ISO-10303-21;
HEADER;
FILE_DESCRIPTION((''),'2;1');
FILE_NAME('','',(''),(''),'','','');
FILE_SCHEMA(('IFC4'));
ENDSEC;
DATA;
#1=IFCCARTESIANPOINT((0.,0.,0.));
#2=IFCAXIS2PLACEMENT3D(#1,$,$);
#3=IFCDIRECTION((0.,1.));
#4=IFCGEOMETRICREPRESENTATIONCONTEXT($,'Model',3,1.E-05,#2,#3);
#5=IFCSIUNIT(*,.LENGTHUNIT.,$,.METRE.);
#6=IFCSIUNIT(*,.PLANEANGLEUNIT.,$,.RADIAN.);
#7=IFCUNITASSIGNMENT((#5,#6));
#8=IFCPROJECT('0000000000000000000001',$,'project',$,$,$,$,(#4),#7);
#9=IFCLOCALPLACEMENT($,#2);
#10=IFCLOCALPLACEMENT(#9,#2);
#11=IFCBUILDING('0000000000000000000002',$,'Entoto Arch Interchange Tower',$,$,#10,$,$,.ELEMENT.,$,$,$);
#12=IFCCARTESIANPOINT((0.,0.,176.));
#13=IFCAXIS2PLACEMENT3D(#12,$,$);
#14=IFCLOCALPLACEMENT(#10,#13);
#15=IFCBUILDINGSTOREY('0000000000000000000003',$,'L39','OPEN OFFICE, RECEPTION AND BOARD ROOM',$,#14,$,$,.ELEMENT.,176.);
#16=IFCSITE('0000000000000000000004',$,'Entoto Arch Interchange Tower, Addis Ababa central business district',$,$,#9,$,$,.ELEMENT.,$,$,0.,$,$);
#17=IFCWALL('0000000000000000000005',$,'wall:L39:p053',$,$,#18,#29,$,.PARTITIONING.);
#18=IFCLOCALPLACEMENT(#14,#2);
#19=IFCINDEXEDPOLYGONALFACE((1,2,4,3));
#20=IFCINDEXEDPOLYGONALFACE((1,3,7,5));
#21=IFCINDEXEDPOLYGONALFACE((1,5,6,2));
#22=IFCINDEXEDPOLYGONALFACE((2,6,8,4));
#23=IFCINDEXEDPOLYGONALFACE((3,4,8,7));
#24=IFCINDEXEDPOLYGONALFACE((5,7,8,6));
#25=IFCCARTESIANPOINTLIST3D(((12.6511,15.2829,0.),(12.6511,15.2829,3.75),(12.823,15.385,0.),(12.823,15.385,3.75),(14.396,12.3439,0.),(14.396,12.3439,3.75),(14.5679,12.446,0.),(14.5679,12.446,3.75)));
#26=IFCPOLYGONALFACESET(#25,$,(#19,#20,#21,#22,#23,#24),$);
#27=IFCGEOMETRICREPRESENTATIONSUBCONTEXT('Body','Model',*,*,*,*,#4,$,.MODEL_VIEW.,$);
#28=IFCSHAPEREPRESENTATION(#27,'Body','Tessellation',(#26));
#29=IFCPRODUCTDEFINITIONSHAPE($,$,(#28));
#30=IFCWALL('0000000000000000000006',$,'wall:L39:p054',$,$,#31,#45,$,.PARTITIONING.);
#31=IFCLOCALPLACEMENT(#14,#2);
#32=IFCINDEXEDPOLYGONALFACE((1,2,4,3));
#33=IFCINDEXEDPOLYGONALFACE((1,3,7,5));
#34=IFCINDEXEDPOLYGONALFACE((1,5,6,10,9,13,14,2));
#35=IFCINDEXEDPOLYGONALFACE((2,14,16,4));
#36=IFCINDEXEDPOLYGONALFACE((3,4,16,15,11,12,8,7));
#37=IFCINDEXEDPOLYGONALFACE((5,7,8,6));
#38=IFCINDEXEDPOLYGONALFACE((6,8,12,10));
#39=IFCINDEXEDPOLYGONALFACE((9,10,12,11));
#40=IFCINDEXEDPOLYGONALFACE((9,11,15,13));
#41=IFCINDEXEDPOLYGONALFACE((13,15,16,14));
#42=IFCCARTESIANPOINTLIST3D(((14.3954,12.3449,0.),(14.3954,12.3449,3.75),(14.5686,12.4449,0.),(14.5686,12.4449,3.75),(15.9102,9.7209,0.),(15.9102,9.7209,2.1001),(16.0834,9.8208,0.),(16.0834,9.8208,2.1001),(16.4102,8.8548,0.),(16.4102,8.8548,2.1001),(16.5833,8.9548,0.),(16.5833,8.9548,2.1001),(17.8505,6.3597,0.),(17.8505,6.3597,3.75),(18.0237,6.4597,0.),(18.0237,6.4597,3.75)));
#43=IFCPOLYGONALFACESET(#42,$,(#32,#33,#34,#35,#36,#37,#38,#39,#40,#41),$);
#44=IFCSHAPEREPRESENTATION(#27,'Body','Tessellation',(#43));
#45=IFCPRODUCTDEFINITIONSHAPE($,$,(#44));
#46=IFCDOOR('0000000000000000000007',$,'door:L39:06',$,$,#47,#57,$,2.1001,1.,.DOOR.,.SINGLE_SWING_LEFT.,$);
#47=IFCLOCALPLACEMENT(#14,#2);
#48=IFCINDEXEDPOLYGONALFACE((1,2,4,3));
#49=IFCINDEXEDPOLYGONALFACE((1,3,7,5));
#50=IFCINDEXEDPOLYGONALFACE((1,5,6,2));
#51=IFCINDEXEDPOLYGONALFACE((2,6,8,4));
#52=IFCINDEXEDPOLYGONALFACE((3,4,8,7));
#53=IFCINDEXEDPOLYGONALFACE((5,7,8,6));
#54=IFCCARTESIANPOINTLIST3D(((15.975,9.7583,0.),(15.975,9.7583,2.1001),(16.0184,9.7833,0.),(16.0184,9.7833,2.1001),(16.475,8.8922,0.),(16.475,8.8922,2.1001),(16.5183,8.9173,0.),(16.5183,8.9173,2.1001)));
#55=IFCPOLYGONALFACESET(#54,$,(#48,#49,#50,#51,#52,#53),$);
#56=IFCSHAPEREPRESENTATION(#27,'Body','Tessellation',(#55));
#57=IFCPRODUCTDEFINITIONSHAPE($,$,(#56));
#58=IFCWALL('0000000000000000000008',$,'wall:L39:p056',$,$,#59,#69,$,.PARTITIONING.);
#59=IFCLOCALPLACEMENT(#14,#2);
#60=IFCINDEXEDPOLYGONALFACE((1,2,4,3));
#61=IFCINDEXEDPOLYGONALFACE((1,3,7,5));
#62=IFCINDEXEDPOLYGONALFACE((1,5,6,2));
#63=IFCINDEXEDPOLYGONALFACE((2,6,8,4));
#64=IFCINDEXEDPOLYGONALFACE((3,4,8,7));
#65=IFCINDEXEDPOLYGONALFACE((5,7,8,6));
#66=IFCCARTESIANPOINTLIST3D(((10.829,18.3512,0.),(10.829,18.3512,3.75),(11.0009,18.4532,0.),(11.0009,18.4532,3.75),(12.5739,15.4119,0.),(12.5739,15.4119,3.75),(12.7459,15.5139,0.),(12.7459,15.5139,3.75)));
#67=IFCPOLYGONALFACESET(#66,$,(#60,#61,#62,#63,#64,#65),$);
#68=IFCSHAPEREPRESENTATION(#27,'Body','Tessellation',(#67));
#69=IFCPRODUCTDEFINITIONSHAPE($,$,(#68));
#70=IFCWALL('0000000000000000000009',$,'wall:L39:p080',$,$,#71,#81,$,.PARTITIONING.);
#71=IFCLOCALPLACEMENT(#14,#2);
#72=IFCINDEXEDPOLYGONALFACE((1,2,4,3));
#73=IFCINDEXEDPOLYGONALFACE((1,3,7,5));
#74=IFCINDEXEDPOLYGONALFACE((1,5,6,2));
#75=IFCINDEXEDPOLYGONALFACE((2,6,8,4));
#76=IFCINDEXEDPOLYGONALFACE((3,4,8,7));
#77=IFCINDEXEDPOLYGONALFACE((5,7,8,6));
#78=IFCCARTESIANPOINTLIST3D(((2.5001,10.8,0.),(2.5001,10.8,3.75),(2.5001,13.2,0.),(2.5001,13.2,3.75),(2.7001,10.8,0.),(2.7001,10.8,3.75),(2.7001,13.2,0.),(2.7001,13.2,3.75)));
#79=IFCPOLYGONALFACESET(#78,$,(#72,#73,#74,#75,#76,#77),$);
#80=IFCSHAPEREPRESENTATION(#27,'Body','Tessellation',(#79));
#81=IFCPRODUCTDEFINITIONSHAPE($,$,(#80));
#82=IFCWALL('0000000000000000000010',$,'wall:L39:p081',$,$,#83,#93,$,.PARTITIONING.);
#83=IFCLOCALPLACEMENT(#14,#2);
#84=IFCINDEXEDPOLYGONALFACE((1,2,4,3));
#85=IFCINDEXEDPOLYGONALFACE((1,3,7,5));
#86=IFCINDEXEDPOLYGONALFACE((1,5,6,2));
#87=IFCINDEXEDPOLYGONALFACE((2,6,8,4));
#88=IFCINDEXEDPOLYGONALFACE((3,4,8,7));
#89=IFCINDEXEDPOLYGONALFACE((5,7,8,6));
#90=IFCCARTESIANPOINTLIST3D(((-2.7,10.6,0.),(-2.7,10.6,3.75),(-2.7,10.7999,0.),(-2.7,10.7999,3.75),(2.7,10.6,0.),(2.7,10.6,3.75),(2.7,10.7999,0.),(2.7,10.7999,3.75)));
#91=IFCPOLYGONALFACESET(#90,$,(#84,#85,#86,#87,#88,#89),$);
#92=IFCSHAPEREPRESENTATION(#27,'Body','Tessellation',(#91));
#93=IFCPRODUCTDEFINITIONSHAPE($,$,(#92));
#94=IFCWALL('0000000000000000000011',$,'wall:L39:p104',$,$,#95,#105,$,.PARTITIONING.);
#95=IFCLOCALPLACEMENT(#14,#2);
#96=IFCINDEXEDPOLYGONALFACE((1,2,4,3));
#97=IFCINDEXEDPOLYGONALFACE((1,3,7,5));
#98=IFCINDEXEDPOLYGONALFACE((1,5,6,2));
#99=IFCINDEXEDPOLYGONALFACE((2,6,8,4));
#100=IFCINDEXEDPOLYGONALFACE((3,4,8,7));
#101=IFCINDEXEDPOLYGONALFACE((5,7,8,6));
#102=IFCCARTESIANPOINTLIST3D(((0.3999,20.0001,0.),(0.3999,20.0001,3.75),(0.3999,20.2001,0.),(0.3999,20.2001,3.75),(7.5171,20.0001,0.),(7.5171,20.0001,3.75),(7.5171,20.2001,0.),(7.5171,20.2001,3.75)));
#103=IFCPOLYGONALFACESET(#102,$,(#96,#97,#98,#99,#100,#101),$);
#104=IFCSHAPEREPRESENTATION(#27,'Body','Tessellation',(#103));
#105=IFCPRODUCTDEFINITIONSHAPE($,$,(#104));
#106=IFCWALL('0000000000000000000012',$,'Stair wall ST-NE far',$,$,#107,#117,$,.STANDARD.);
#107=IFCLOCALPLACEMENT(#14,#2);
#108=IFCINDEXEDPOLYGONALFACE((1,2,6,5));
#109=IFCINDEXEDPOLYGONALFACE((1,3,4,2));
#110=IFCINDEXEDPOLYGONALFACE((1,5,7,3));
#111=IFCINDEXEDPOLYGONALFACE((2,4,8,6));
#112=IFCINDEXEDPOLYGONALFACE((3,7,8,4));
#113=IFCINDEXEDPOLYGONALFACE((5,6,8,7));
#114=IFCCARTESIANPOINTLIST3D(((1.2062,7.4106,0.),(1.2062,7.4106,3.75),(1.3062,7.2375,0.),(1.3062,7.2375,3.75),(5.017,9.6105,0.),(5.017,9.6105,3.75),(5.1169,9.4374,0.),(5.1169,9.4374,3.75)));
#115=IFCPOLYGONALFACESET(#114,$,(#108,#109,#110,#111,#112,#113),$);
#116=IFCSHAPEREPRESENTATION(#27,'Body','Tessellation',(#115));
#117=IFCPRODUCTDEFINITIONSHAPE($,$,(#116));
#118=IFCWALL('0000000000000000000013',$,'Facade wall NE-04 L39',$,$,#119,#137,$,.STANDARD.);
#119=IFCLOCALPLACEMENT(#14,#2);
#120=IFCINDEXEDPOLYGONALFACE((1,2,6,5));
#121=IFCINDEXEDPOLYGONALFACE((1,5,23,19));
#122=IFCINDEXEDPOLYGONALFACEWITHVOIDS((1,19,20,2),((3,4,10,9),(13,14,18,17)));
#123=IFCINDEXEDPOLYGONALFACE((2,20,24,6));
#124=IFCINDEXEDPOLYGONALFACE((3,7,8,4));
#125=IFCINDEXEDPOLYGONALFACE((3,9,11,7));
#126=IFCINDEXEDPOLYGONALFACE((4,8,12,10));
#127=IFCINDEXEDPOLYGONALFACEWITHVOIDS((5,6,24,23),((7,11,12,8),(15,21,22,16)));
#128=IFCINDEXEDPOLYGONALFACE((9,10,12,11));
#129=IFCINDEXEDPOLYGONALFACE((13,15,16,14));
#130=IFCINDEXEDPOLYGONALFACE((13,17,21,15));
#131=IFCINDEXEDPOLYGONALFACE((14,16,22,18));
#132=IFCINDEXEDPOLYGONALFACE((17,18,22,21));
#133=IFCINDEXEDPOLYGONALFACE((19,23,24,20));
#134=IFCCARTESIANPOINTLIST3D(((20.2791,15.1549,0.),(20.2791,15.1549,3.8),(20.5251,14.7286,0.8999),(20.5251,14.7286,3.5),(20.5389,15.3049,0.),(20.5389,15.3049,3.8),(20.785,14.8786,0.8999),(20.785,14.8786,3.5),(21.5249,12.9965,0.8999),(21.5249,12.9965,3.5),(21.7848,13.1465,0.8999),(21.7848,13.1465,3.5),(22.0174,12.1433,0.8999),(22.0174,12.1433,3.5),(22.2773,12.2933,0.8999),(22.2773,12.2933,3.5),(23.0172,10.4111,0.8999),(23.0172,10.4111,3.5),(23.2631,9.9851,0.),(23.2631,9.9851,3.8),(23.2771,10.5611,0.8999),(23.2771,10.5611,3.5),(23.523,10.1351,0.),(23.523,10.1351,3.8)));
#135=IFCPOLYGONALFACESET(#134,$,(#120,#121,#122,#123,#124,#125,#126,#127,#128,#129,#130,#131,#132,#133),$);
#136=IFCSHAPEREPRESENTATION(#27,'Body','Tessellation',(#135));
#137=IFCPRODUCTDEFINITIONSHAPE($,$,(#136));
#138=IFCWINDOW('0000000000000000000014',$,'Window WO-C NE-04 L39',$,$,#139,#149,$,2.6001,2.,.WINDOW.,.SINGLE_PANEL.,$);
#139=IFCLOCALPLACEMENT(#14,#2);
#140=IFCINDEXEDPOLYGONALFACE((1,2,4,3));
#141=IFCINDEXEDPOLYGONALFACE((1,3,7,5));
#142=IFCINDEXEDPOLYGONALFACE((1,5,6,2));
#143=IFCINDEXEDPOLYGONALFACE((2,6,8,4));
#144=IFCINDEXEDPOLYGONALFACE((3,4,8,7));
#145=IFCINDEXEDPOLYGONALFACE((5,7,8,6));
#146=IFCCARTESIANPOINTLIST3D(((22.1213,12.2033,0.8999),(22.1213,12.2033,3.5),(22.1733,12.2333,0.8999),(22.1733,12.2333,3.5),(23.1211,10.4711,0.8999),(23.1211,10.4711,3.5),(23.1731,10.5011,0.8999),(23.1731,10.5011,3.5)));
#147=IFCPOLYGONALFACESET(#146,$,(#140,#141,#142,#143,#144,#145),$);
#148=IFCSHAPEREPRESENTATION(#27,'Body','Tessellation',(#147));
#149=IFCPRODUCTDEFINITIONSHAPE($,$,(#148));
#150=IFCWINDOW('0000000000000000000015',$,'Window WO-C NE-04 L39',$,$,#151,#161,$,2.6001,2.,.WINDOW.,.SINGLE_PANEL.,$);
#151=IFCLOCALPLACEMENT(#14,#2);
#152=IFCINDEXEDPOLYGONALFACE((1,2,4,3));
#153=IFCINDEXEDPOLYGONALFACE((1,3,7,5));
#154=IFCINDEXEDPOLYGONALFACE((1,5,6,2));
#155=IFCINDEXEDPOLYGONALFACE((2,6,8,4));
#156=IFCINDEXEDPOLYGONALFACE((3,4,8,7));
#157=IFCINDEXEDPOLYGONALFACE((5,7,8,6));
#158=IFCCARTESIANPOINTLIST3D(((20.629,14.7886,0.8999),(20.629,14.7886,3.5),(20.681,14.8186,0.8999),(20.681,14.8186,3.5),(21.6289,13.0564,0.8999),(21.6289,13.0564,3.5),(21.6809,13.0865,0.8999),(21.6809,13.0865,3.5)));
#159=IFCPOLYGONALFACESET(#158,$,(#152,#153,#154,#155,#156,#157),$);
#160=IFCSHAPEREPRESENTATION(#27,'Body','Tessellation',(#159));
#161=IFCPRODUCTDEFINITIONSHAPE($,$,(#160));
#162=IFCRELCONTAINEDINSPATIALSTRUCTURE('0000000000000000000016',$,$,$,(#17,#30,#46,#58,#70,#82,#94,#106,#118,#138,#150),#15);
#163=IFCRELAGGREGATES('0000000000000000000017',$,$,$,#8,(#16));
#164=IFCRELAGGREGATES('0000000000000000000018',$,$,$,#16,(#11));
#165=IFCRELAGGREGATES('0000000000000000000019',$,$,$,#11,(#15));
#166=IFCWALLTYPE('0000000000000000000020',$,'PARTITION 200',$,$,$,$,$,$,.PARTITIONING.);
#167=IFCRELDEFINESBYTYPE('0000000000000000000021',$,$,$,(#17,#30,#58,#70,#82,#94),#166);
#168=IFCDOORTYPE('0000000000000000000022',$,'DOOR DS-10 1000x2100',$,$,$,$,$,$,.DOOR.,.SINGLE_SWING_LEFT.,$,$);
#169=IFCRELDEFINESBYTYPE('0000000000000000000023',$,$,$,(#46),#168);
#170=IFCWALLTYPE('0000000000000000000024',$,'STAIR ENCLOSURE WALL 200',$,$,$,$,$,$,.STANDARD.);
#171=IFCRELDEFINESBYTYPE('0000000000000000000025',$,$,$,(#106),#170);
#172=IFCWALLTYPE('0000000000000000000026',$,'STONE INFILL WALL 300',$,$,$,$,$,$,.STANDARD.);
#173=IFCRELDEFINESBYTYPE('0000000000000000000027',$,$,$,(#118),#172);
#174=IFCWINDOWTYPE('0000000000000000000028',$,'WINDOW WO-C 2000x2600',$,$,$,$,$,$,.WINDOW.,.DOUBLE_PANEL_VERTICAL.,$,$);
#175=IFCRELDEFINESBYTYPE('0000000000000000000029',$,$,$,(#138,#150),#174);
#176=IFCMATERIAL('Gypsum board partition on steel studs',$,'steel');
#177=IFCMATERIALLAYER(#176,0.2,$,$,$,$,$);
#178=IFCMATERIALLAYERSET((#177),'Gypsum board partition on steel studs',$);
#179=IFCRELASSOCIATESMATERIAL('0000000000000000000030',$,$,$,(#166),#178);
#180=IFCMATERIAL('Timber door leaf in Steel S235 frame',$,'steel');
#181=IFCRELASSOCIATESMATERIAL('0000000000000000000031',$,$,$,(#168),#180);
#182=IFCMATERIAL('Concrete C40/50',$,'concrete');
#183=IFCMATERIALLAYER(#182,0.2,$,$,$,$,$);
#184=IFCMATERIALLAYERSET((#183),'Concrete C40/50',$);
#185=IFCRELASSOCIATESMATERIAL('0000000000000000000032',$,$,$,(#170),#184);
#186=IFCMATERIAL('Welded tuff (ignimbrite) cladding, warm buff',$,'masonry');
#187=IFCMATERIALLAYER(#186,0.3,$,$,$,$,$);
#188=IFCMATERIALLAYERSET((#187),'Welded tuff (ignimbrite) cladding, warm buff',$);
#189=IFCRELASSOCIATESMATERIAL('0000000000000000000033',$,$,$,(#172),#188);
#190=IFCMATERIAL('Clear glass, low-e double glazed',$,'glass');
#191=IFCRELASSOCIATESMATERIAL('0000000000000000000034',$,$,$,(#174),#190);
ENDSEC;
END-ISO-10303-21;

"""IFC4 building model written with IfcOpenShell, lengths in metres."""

from ifc_helpers import new_model, si_unit, direction, frame, frame_2d, origin, place, context, subcontext, project, spatial, rectangle, extrude, material, layer, layer_set, type_object, element, fill, save


model = new_model("IFC4")

# Units and contexts
model_context = context("Model", 3, precision=1e-05, world=origin(), true_north=direction((0.0, 1.0)))
body_context = subcontext(model_context, "Body", "Model", "MODEL_VIEW")
ifc_project = project(units=[si_unit("LENGTHUNIT", "METRE"), si_unit("PLANEANGLEUNIT", "RADIAN")], contexts=[model_context])

# Site, building, storey
site_placement = place(None, origin())
site = spatial("IfcSite", under=ifc_project, at=site_placement, Name="Entoto Arch Interchange Tower, Addis Ababa central business district", CompositionType="ELEMENT", RefElevation=0.0)
building_placement = place(site_placement, origin())
building = spatial("IfcBuilding", under=site, at=building_placement, Name="Entoto Arch Interchange Tower", CompositionType="ELEMENT")
storey_placement = place(building_placement, frame((0.0, 0.0, 176.0)))
storey = spatial("IfcBuildingStorey", under=building, at=storey_placement, Name="L39", Description="OPEN OFFICE, RECEPTION AND BOARD ROOM", CompositionType="ELEMENT", Elevation=176.0)

# Shared definitions
ifc_material_1 = material(Name="Gypsum board partition on steel studs", Category="steel")
ifc_layer_1 = layer(ifc_material_1, 0.2)
ifc_layer_set_1 = layer_set([ifc_layer_1], Name="Gypsum board partition on steel studs")
wall_type_1 = type_object("IfcWallType", Name="PARTITION 200", PredefinedType="PARTITIONING", material=ifc_layer_set_1)

# Shared definitions
ifc_material_2 = material(Name="Timber door leaf in Steel S235 frame", Category="steel")
door_type_1 = type_object("IfcDoorType", Name="DOOR DS-10 1000x2100", OperationType="SINGLE_SWING_LEFT", PredefinedType="DOOR", material=ifc_material_2)

# Wall
wall_1_placement = place(storey_placement, frame((12.7371, 15.334, 0.0), z_axis=(0.0, 0.0, 1.0), x_axis=(0.510509, -0.859872, 0.0)))
element("IfcWall", 1, at=wall_1_placement, inside=storey, type_object=wall_type_1, Name="wall:L39:p053", PredefinedType="PARTITIONING", context=body_context, shape_type="SweptSolid", body=[
    extrude(rectangle(XDim=3.418, YDim=0.2, at=frame_2d((1.709, 0.0))), origin(), (0.0, 0.0, 1.0), 3.75),
])

# Wall, opening, door
wall_2_placement = place(storey_placement, frame((14.4819, 12.395, 0.0), z_axis=(0.0, 0.0, 1.0), x_axis=(0.499954, -0.866052, 0.0)))
wall_2 = element("IfcWall", 2, at=wall_2_placement, inside=storey, type_object=wall_type_1, Name="wall:L39:p054", PredefinedType="PARTITIONING", context=body_context, shape_type="SweptSolid", body=[
    extrude(rectangle(XDim=6.9109, YDim=0.2, at=frame_2d((3.4556, 0.0))), origin(), (0.0, 0.0, 1.0), 3.75),
])
opening_1_placement = place(wall_2_placement, frame((3.03, 0.0, 0.0)))
opening_1 = element("IfcOpeningElement", 3, at=opening_1_placement, cuts=wall_2, PredefinedType="OPENING", context=body_context, shape_type="SweptSolid", body=[
    extrude(rectangle(XDim=1.0, YDim=2.1001, at=frame_2d((0.5, 1.05))), frame((0.0, 0.1099, 0.0), z_axis=(0.0, -1.0, 0.0), x_axis=(1.0, 0.0, 0.0)), (0.0, 0.0, 1.0), 0.22),
])
door_1_placement = place(opening_1_placement, origin())
door_1 = element("IfcDoor", 4, at=door_1_placement, inside=storey, type_object=door_type_1, Name="door:L39:06", OperationType="SINGLE_SWING_LEFT", OverallHeight=2.1001, OverallWidth=1.0, PredefinedType="DOOR", context=body_context, shape_type="SweptSolid", body=[
    extrude(rectangle(XDim=1.0, YDim=2.1001, at=frame_2d((0.5, 1.05))), frame((0.0, 0.0249, 0.0), z_axis=(0.0, -1.0, 0.0), x_axis=(1.0, 0.0, 0.0)), (0.0, 0.0, 1.0), 0.05),
])
fill(opening_1, door_1)

# Walls
wall_3_placement = place(storey_placement, frame((10.915, 18.4021, 0.0), z_axis=(0.0, 0.0, 1.0), x_axis=(0.510478, -0.859891, 0.0)))
element("IfcWall", 5, at=wall_3_placement, inside=storey, type_object=wall_type_1, Name="wall:L39:p056", PredefinedType="PARTITIONING", context=body_context, shape_type="SweptSolid", body=[
    extrude(rectangle(XDim=3.4182, YDim=0.2, at=frame_2d((1.709, 0.0))), origin(), (0.0, 0.0, 1.0), 3.75),
])
wall_4_placement = place(storey_placement, frame((2.6001, 13.2, 0.0), z_axis=(0.0, 0.0, 1.0), x_axis=(0.0, -1.0, 0.0)))
element("IfcWall", 6, at=wall_4_placement, inside=storey, type_object=wall_type_1, Name="wall:L39:p080", PredefinedType="PARTITIONING", context=body_context, shape_type="SweptSolid", body=[
    extrude(rectangle(XDim=2.3999, YDim=0.2, at=frame_2d((1.2, 0.0))), origin(), (0.0, 0.0, 1.0), 3.75),
])
wall_5_placement = place(storey_placement, frame((2.7, 10.7, 0.0), z_axis=(0.0, 0.0, 1.0), x_axis=(-1.0, 0.0, 0.0)))
element("IfcWall", 7, at=wall_5_placement, inside=storey, type_object=wall_type_1, Name="wall:L39:p081", PredefinedType="PARTITIONING", context=body_context, shape_type="SweptSolid", body=[
    extrude(rectangle(XDim=5.3999, YDim=0.2, at=frame_2d((2.7, 0.0))), origin(), (0.0, 0.0, 1.0), 3.75),
])
wall_6_placement = place(storey_placement, frame((0.3999, 20.1001, 0.0), z_axis=(0.0, 0.0, 1.0), x_axis=(1.0, 0.0, 0.0)))
element("IfcWall", 8, at=wall_6_placement, inside=storey, type_object=wall_type_1, Name="wall:L39:p104", PredefinedType="PARTITIONING", context=body_context, shape_type="SweptSolid", body=[
    extrude(rectangle(XDim=7.1172, YDim=0.2, at=frame_2d((3.5586, 0.0))), origin(), (0.0, 0.0, 1.0), 3.75),
])
ifc_material_3 = material(Name="Concrete C40/50", Category="concrete")
ifc_layer_2 = layer(ifc_material_3, 0.2)
ifc_layer_set_2 = layer_set([ifc_layer_2], Name="Concrete C40/50")
wall_type_2 = type_object("IfcWallType", Name="STAIR ENCLOSURE WALL 200", PredefinedType="STANDARD", material=ifc_layer_set_2)
wall_7_placement = place(storey_placement, frame((1.2561, 7.324, 0.0), z_axis=(0.0, 0.0, 1.0), x_axis=(0.866046, 0.499964, 0.0)))
element("IfcWall", 9, at=wall_7_placement, inside=storey, type_object=wall_type_2, Name="Stair wall ST-NE far", PredefinedType="STANDARD", context=body_context, shape_type="SweptSolid", body=[
    extrude(rectangle(XDim=4.4001, YDim=0.2, at=frame_2d((2.2002, 0.0))), origin(), (0.0, 0.0, 1.0), 3.75),
])

# Wall, openings, windows
ifc_material_4 = material(Name="Welded tuff (ignimbrite) cladding, warm buff", Category="masonry")
ifc_layer_3 = layer(ifc_material_4, 0.3)
ifc_layer_set_3 = layer_set([ifc_layer_3], Name="Welded tuff (ignimbrite) cladding, warm buff")
wall_type_3 = type_object("IfcWallType", Name="STONE INFILL WALL 300", PredefinedType="STANDARD", material=ifc_layer_set_3)
wall_8_placement = place(storey_placement, frame((23.3931, 10.0601, 0.0), z_axis=(0.0, 0.0, 1.0), x_axis=(-0.499909, 0.866078, 0.0)))
wall_8 = element("IfcWall", 10, at=wall_8_placement, inside=storey, type_object=wall_type_3, Name="Facade wall NE-04 L39", PredefinedType="STANDARD", context=body_context, shape_type="SweptSolid", body=[
    extrude(rectangle(XDim=5.9692, YDim=0.3, at=frame_2d((2.9846, 0.0))), origin(), (0.0, 0.0, 1.0), 3.8),
])
opening_2_placement = place(wall_8_placement, frame((0.4919, 0.0, 0.8999)))
opening_2 = element("IfcOpeningElement", 11, at=opening_2_placement, cuts=wall_8, PredefinedType="OPENING", context=body_context, shape_type="SweptSolid", body=[
    extrude(rectangle(XDim=2.0, YDim=2.6001, at=frame_2d((1.0, 1.3))), frame((0.0, 0.1602, 0.0), z_axis=(0.0, -1.0, 0.0), x_axis=(1.0, 0.0, 0.0)), (0.0, 0.0, 1.0), 0.3201),
])
opening_3_placement = place(wall_8_placement, frame((3.4771, 0.0, 0.8999)))
opening_3 = element("IfcOpeningElement", 12, at=opening_3_placement, cuts=wall_8, PredefinedType="OPENING", context=body_context, shape_type="SweptSolid", body=[
    extrude(rectangle(XDim=2.0, YDim=2.6001, at=frame_2d((1.0, 1.3))), frame((0.0, 0.1602, 0.0), z_axis=(0.0, -1.0, 0.0), x_axis=(1.0, 0.0, 0.0)), (0.0, 0.0, 1.0), 0.3201),
])
ifc_material_5 = material(Name="Clear glass, low-e double glazed", Category="glass")
window_type = type_object("IfcWindowType", Name="WINDOW WO-C 2000x2600", PartitioningType="DOUBLE_PANEL_VERTICAL", PredefinedType="WINDOW", material=ifc_material_5)
window_1_placement = place(opening_2_placement, origin())
window_1 = element("IfcWindow", 13, at=window_1_placement, inside=storey, type_object=window_type, Name="Window WO-C NE-04 L39", OverallHeight=2.6001, OverallWidth=2.0, PartitioningType="SINGLE_PANEL", PredefinedType="WINDOW", context=body_context, shape_type="SweptSolid", body=[
    extrude(rectangle(XDim=2.0, YDim=2.6001, at=frame_2d((1.0, 1.3))), frame((0.0, 0.03, 0.0), z_axis=(0.0, -1.0, 0.0), x_axis=(1.0, 0.0, 0.0)), (0.0, 0.0, 1.0), 0.0601),
])
fill(opening_2, window_1)
window_2_placement = place(opening_3_placement, origin())
window_2 = element("IfcWindow", 14, at=window_2_placement, inside=storey, type_object=window_type, Name="Window WO-C NE-04 L39", OverallHeight=2.6001, OverallWidth=2.0, PartitioningType="SINGLE_PANEL", PredefinedType="WINDOW", context=body_context, shape_type="SweptSolid", body=[
    extrude(rectangle(XDim=2.0, YDim=2.6001, at=frame_2d((1.0, 1.3))), frame((0.0, 0.03, 0.0), z_axis=(0.0, -1.0, 0.0), x_axis=(1.0, 0.0, 0.0)), (0.0, 0.0, 1.0), 0.0601),
])
fill(opening_3, window_2)

save(model, "model.ifc")
